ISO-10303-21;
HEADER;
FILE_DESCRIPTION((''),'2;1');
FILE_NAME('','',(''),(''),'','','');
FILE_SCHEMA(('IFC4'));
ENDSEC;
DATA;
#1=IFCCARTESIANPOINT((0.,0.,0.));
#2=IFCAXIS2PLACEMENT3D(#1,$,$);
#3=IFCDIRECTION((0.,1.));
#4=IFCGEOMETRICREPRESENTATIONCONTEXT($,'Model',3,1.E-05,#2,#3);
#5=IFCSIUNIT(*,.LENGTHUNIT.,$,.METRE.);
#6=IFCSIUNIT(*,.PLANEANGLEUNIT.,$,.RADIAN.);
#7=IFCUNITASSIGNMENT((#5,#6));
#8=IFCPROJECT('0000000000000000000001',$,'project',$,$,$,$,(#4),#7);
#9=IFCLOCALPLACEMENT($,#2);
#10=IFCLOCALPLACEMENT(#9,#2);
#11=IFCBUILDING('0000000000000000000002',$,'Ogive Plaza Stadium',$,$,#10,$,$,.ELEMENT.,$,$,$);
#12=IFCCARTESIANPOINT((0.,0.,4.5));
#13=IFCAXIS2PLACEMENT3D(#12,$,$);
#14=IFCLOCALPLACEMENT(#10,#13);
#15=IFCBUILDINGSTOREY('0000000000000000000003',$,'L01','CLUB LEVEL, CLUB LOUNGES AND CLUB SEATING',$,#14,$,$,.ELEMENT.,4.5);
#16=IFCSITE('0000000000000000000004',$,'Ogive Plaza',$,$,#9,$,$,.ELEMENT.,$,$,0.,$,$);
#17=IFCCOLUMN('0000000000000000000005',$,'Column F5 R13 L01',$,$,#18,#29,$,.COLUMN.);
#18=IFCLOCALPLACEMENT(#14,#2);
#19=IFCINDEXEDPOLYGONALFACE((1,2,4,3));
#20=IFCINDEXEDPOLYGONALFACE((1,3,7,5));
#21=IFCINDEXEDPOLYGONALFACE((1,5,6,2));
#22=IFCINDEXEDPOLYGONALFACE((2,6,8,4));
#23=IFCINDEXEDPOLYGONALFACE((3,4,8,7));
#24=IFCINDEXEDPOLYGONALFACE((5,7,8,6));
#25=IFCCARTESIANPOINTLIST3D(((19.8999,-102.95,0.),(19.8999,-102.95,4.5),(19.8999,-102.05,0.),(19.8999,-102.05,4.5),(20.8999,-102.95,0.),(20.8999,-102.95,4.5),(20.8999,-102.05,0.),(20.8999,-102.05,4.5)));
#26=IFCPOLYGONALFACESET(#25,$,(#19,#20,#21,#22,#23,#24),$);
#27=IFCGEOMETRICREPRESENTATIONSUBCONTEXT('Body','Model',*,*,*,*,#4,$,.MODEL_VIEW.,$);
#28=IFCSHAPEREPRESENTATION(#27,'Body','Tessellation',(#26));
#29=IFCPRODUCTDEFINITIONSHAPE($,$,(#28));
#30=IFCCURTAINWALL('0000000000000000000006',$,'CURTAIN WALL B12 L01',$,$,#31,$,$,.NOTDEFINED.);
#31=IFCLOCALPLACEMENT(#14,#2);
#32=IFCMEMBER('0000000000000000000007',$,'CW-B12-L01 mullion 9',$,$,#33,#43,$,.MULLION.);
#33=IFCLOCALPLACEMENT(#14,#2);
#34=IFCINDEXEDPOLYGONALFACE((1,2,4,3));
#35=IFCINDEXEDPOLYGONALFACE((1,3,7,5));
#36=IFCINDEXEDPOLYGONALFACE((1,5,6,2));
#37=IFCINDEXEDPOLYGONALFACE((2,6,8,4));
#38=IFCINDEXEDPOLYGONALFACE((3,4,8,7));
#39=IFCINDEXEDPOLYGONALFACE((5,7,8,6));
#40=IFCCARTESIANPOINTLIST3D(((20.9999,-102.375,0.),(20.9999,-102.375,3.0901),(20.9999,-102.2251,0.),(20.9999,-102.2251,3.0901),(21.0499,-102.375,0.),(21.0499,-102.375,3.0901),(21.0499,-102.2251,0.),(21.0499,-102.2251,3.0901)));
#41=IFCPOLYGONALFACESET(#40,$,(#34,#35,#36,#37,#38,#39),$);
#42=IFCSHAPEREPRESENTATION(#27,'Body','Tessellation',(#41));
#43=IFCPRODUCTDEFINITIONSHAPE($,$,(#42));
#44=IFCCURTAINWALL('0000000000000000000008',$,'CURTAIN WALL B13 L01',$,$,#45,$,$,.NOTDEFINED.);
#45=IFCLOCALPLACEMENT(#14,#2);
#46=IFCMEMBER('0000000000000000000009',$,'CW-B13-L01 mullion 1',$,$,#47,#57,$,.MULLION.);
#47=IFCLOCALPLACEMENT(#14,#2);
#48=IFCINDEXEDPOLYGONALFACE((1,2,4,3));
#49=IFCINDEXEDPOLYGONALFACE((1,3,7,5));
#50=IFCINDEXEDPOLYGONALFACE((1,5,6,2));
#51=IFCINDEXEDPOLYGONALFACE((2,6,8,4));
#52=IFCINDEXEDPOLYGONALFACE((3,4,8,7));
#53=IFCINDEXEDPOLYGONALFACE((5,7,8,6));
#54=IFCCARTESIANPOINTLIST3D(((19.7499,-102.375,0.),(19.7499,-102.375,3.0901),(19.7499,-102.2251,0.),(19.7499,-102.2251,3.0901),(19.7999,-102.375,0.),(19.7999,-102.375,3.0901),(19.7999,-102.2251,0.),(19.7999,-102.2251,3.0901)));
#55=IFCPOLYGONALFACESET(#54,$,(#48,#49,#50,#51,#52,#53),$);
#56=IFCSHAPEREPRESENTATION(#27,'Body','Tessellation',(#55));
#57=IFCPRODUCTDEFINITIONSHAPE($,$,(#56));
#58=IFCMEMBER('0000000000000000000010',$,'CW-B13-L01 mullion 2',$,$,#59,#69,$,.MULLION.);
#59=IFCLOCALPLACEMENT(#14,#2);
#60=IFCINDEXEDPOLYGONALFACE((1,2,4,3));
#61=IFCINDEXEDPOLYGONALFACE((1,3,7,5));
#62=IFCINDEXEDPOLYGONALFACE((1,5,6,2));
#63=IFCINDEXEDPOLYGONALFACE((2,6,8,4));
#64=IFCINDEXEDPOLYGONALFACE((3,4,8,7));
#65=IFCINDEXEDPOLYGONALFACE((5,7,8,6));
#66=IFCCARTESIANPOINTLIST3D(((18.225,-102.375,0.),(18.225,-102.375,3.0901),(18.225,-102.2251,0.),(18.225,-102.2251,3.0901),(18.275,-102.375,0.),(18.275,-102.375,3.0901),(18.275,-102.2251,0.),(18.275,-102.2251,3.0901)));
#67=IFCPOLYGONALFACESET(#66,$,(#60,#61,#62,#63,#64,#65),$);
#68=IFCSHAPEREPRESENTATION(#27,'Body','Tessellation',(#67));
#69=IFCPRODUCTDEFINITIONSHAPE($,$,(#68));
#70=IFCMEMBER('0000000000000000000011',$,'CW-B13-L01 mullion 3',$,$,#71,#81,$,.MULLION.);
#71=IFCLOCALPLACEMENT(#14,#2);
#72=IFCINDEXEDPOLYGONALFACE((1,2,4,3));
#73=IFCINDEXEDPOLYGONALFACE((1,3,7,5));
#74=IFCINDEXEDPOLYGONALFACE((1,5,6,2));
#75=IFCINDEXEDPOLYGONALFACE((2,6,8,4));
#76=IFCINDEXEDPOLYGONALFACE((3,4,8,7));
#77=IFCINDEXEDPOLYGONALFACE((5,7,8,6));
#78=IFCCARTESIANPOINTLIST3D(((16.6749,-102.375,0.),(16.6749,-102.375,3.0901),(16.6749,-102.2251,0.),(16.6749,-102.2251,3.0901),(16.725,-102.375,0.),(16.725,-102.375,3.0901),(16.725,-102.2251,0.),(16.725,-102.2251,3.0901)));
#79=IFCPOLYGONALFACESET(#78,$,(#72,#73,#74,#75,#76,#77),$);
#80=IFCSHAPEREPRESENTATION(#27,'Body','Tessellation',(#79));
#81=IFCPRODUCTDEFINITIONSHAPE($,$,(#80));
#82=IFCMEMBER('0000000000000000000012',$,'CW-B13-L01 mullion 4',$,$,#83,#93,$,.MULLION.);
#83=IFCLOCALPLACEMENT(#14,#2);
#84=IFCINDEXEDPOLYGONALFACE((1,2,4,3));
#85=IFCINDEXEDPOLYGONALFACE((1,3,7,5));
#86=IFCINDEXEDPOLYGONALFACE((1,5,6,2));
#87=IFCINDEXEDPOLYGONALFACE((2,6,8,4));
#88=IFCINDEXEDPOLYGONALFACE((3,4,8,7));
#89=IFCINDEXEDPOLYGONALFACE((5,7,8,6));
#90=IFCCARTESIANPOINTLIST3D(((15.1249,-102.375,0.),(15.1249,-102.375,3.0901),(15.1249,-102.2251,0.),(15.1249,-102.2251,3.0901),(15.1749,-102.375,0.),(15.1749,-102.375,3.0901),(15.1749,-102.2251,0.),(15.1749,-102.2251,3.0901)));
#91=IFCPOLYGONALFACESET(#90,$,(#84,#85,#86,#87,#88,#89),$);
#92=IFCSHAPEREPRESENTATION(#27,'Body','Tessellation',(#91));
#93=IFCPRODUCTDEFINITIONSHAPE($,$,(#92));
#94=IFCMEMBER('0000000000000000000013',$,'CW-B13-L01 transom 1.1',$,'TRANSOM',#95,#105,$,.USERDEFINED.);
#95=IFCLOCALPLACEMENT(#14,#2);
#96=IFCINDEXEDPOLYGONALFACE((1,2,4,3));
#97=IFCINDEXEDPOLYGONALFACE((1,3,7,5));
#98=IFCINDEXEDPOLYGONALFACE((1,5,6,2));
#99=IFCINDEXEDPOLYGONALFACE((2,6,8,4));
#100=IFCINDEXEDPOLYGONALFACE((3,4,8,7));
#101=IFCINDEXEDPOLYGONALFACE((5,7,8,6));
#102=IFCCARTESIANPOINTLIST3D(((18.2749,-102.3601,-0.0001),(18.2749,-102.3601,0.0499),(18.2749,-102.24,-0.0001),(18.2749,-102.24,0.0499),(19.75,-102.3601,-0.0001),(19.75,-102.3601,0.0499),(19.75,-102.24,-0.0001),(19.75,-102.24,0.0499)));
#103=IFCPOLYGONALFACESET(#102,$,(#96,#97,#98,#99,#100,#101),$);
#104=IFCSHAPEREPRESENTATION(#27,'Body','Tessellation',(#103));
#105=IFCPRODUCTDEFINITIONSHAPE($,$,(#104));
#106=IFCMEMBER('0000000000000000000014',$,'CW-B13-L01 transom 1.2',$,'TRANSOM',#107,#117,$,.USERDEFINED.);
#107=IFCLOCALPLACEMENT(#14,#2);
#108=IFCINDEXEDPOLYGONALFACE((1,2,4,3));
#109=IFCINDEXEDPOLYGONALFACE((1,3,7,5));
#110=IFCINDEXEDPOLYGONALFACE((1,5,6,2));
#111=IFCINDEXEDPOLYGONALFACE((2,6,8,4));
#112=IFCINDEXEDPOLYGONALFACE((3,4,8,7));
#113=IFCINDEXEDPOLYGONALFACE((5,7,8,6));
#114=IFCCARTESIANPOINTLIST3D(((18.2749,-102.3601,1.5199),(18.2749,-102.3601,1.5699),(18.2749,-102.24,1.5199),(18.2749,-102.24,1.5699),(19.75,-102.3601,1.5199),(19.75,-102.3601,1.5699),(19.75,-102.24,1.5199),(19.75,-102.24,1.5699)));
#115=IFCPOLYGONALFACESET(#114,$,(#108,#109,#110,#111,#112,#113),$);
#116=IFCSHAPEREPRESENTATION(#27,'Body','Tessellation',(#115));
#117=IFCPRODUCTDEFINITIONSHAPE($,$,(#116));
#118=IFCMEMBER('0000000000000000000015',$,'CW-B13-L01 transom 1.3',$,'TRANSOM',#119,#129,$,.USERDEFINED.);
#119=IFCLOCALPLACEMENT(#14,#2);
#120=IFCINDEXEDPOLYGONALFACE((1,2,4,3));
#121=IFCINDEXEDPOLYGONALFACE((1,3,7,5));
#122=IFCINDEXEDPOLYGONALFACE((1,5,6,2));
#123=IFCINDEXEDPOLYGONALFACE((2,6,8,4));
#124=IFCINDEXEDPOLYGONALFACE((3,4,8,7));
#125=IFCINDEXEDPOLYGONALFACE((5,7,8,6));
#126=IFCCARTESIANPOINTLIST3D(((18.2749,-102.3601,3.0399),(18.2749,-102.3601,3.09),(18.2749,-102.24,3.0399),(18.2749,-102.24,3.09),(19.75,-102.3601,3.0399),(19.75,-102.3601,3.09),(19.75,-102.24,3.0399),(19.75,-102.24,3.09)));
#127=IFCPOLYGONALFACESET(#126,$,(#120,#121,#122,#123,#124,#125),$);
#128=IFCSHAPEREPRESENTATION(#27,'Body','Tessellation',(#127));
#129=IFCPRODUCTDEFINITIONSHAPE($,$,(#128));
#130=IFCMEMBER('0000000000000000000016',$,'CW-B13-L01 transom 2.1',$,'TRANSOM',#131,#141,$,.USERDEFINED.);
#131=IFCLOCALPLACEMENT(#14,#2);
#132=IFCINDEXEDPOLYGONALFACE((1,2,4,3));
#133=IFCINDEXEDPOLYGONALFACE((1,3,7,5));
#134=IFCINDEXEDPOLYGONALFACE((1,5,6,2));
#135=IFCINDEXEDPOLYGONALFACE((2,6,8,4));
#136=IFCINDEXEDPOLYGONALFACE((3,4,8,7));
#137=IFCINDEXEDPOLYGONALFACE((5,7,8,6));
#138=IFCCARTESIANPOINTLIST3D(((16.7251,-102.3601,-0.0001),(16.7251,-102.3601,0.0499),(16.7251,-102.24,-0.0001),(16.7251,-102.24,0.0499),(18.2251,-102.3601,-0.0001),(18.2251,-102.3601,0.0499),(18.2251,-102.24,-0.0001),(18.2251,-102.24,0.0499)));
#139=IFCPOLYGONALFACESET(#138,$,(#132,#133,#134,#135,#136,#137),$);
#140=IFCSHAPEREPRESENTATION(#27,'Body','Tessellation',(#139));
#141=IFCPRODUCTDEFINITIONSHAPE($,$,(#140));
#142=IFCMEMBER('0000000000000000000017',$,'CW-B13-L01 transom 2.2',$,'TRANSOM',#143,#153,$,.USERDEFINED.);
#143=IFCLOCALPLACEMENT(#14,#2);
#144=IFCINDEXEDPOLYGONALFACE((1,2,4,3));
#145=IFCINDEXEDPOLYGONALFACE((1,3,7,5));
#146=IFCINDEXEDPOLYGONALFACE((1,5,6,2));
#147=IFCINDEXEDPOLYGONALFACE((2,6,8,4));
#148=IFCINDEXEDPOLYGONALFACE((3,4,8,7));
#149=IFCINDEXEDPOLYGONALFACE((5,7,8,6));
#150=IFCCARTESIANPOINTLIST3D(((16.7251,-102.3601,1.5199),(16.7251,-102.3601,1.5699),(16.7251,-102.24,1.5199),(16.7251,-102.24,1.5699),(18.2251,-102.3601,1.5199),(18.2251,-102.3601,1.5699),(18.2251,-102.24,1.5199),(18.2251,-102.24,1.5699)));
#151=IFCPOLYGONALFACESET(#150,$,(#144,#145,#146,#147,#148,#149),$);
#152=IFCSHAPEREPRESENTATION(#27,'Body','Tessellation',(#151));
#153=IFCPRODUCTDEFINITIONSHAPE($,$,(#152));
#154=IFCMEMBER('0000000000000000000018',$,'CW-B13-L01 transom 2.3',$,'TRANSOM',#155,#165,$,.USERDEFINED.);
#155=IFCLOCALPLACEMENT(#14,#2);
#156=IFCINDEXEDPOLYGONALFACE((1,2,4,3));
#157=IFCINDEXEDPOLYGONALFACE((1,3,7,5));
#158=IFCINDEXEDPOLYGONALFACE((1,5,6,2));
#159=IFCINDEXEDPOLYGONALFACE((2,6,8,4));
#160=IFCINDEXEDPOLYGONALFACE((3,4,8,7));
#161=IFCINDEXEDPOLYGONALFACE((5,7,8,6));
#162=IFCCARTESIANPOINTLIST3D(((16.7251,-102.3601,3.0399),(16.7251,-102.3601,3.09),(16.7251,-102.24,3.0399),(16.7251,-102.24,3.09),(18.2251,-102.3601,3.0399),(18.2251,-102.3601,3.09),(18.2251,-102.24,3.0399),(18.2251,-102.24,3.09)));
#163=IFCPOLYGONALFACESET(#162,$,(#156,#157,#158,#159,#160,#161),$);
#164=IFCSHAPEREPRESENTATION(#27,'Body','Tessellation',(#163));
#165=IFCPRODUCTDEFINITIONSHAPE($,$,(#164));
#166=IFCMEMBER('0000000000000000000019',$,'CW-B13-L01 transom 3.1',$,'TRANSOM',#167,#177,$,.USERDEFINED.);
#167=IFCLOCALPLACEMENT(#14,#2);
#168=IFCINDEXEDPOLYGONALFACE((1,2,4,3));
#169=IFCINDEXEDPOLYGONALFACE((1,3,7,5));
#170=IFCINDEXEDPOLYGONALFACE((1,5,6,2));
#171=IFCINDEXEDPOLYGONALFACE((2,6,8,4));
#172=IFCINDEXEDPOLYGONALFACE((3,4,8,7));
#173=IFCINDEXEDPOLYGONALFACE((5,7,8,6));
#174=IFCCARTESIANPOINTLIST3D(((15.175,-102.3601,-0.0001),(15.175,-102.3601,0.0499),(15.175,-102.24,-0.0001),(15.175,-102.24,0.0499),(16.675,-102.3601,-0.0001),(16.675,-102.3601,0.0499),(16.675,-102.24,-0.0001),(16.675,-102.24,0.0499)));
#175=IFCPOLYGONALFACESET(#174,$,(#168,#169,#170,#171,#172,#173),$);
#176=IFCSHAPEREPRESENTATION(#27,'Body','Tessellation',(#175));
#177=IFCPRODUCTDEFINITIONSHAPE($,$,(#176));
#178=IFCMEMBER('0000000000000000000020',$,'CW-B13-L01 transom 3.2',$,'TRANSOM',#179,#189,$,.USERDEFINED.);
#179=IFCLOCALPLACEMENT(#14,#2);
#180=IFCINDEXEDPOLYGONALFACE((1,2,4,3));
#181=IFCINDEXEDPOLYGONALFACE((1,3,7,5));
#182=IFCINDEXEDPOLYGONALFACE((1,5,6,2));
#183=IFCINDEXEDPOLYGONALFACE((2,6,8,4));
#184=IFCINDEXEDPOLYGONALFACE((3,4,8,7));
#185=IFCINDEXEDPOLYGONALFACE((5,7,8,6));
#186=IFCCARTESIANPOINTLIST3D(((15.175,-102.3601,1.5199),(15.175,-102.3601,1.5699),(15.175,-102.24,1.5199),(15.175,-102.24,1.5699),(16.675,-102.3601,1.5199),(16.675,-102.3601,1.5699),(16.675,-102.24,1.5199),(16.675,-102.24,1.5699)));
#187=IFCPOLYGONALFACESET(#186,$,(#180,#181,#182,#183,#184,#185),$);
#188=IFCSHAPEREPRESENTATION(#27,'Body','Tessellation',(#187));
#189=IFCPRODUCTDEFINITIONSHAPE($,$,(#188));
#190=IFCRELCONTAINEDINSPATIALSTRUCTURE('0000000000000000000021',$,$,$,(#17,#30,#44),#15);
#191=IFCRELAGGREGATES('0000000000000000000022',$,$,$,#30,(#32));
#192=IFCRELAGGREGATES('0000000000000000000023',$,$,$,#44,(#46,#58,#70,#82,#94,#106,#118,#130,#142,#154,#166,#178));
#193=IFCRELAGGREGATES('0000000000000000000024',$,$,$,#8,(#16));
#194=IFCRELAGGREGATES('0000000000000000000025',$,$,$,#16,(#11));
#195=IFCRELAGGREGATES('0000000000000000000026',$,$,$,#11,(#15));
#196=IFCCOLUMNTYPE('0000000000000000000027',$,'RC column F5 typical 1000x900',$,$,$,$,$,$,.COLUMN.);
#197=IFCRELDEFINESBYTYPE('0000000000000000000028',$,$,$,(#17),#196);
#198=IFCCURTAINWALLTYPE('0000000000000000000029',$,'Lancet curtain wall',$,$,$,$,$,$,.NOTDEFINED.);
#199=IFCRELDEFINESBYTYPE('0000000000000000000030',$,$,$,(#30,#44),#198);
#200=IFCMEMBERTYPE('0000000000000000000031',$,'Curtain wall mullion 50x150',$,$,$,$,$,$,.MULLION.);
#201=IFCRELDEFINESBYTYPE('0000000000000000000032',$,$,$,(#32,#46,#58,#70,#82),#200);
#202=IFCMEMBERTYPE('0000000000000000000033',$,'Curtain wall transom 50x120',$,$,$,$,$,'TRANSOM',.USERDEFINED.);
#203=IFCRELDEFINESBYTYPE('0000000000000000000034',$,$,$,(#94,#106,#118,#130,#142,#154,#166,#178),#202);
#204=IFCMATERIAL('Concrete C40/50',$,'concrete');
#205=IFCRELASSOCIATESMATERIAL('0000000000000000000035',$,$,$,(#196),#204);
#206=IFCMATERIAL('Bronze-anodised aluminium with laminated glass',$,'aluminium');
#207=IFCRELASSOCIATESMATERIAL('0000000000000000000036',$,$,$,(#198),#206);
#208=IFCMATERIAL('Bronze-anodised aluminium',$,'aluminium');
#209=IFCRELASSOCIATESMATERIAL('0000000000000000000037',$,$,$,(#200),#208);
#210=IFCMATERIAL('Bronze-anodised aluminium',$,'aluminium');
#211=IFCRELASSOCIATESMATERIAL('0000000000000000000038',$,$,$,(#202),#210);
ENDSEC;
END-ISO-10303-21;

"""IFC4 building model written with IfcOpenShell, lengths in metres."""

from ifc_helpers import new_model, si_unit, direction, frame, origin, origin_2d, place, context, subcontext, project, spatial, rectangle, extrude, material, material_profile, profile_set, type_object, element, aggregate, save


model = new_model("IFC4")

# Units and contexts
model_context = context("Model", 3, precision=1e-05, world=origin(), true_north=direction((0.0, 1.0)))
body_context = subcontext(model_context, "Body", "Model", "MODEL_VIEW")
ifc_project = project(units=[si_unit("LENGTHUNIT", "METRE"), si_unit("PLANEANGLEUNIT", "RADIAN")], contexts=[model_context])

# Site, building, storey
site_placement = place(None, origin())
site = spatial("IfcSite", under=ifc_project, at=site_placement, Name="Ogive Plaza", CompositionType="ELEMENT", RefElevation=0.0)
building_placement = place(site_placement, origin())
building = spatial("IfcBuilding", under=site, at=building_placement, Name="Ogive Plaza Stadium", CompositionType="ELEMENT")
storey_placement = place(building_placement, frame((0.0, 0.0, 4.5)))
storey = spatial("IfcBuildingStorey", under=building, at=storey_placement, Name="L01", Description="CLUB LEVEL, CLUB LOUNGES AND CLUB SEATING", CompositionType="ELEMENT", Elevation=4.5)

# Column
ifc_material_1 = material(Name="Concrete C40/50", Category="concrete")
ifc_material_profile_1 = material_profile(ifc_material_1, rectangle(XDim=1.0, YDim=0.8999, at=origin_2d()), Name="RC 1000x900")
ifc_profile_set_1 = profile_set([ifc_material_profile_1], Name="Concrete C40/50")
column_type = type_object("IfcColumnType", Name="RC column F5 typical 1000x900", PredefinedType="COLUMN", material=ifc_profile_set_1)
column_placement = place(storey_placement, frame((20.3999, -102.5, 0.0), z_axis=(0.0, 0.0, 1.0), x_axis=(1.0, 0.0, 0.0)))
element("IfcColumn", 1, at=column_placement, inside=storey, type_object=column_type, Name="Column F5 R13 L01", PredefinedType="COLUMN", context=body_context, shape_type="SweptSolid", body=[
    extrude(rectangle(XDim=1.0, YDim=0.8999, at=origin_2d()), origin(), (0.0, 0.0, 1.0), 4.5),
])

# Curtain wall, member
ifc_material_2 = material(Name="Bronze-anodised aluminium with laminated glass", Category="aluminium")
curtain_wall_type = type_object("IfcCurtainWallType", Name="Lancet curtain wall", PredefinedType="NOTDEFINED", material=ifc_material_2)
curtain_wall_1_placement = place(storey_placement, origin())
curtain_wall_1 = element("IfcCurtainWall", 2, at=curtain_wall_1_placement, inside=storey, type_object=curtain_wall_type, Name="CURTAIN WALL B12 L01", PredefinedType="NOTDEFINED")
ifc_material_3 = material(Name="Bronze-anodised aluminium", Category="aluminium")
ifc_material_profile_2 = material_profile(ifc_material_3, rectangle(XDim=0.1499, YDim=0.05, at=origin_2d()), Name="AL 150x50")
ifc_profile_set_2 = profile_set([ifc_material_profile_2], Name="Bronze-anodised aluminium")
member_type_1 = type_object("IfcMemberType", Name="Curtain wall mullion 50x150", PredefinedType="MULLION", material=ifc_profile_set_2)
member_1_placement = place(storey_placement, frame((21.0249, -102.3, 0.0), z_axis=(0.0, 0.0, 1.0), x_axis=(0.0, -1.0, 0.0)))
member_1 = element("IfcMember", 3, at=member_1_placement, type_object=member_type_1, Name="CW-B12-L01 mullion 9", PredefinedType="MULLION", context=body_context, shape_type="SweptSolid", body=[
    extrude(rectangle(XDim=0.1499, YDim=0.05, at=origin_2d()), origin(), (0.0, 0.0, 1.0), 3.0901),
])

# Curtain wall, members
curtain_wall_2_placement = place(storey_placement, origin())
curtain_wall_2 = element("IfcCurtainWall", 4, at=curtain_wall_2_placement, inside=storey, type_object=curtain_wall_type, Name="CURTAIN WALL B13 L01", PredefinedType="NOTDEFINED")
member_2_placement = place(storey_placement, frame((19.7749, -102.3, 0.0), z_axis=(0.0, 0.0, 1.0), x_axis=(0.0, -1.0, 0.0)))
member_2 = element("IfcMember", 5, at=member_2_placement, type_object=member_type_1, Name="CW-B13-L01 mullion 1", PredefinedType="MULLION", context=body_context, shape_type="SweptSolid", body=[
    extrude(rectangle(XDim=0.1499, YDim=0.05, at=origin_2d()), origin(), (0.0, 0.0, 1.0), 3.0901),
])
member_3_placement = place(storey_placement, frame((18.25, -102.3, 0.0), z_axis=(0.0, 0.0, 1.0), x_axis=(0.0, -1.0, 0.0)))
member_3 = element("IfcMember", 6, at=member_3_placement, type_object=member_type_1, Name="CW-B13-L01 mullion 2", PredefinedType="MULLION", context=body_context, shape_type="SweptSolid", body=[
    extrude(rectangle(XDim=0.1499, YDim=0.05, at=origin_2d()), origin(), (0.0, 0.0, 1.0), 3.0901),
])
member_4_placement = place(storey_placement, frame((16.7, -102.3, 0.0), z_axis=(0.0, 0.0, 1.0), x_axis=(0.0, -1.0, 0.0)))
member_4 = element("IfcMember", 7, at=member_4_placement, type_object=member_type_1, Name="CW-B13-L01 mullion 3", PredefinedType="MULLION", context=body_context, shape_type="SweptSolid", body=[
    extrude(rectangle(XDim=0.1499, YDim=0.05, at=origin_2d()), origin(), (0.0, 0.0, 1.0), 3.0901),
])
member_5_placement = place(storey_placement, frame((15.1499, -102.3, 0.0), z_axis=(0.0, 0.0, 1.0), x_axis=(0.0, -1.0, 0.0)))
member_5 = element("IfcMember", 8, at=member_5_placement, type_object=member_type_1, Name="CW-B13-L01 mullion 4", PredefinedType="MULLION", context=body_context, shape_type="SweptSolid", body=[
    extrude(rectangle(XDim=0.1499, YDim=0.05, at=origin_2d()), origin(), (0.0, 0.0, 1.0), 3.0901),
])
ifc_material_4 = material(Name="Bronze-anodised aluminium", Category="aluminium")
ifc_material_profile_3 = material_profile(ifc_material_4, rectangle(XDim=0.1201, YDim=0.05, at=origin_2d()), Name="AL 120x50")
ifc_profile_set_3 = profile_set([ifc_material_profile_3], Name="Bronze-anodised aluminium")
member_type_2 = type_object("IfcMemberType", Name="Curtain wall transom 50x120", ElementType="TRANSOM", PredefinedType="USERDEFINED", material=ifc_profile_set_3)
member_6_placement = place(storey_placement, frame((19.75, -102.3, 0.0249), z_axis=(-1.0, 0.0, 0.0), x_axis=(0.0, -1.0, 0.0)))
member_6 = element("IfcMember", 9, at=member_6_placement, type_object=member_type_2, Name="CW-B13-L01 transom 1.1", ObjectType="TRANSOM", PredefinedType="USERDEFINED", context=body_context, shape_type="SweptSolid", body=[
    extrude(rectangle(XDim=0.1201, YDim=0.05, at=origin_2d()), origin(), (0.0, 0.0, 1.0), 1.4751),
])
member_7_placement = place(storey_placement, frame((19.75, -102.3, 1.5449), z_axis=(-1.0, 0.0, 0.0), x_axis=(0.0, -1.0, 0.0)))
member_7 = element("IfcMember", 10, at=member_7_placement, type_object=member_type_2, Name="CW-B13-L01 transom 1.2", ObjectType="TRANSOM", PredefinedType="USERDEFINED", context=body_context, shape_type="SweptSolid", body=[
    extrude(rectangle(XDim=0.1201, YDim=0.05, at=origin_2d()), origin(), (0.0, 0.0, 1.0), 1.4751),
])
member_8_placement = place(storey_placement, frame((19.75, -102.3, 3.0649), z_axis=(-1.0, 0.0, 0.0), x_axis=(0.0, -1.0, 0.0)))
member_8 = element("IfcMember", 11, at=member_8_placement, type_object=member_type_2, Name="CW-B13-L01 transom 1.3", ObjectType="TRANSOM", PredefinedType="USERDEFINED", context=body_context, shape_type="SweptSolid", body=[
    extrude(rectangle(XDim=0.1201, YDim=0.05, at=origin_2d()), origin(), (0.0, 0.0, 1.0), 1.4751),
])
member_9_placement = place(storey_placement, frame((18.2251, -102.3, 0.0249), z_axis=(-1.0, 0.0, 0.0), x_axis=(0.0, -1.0, 0.0)))
member_9 = element("IfcMember", 12, at=member_9_placement, type_object=member_type_2, Name="CW-B13-L01 transom 2.1", ObjectType="TRANSOM", PredefinedType="USERDEFINED", context=body_context, shape_type="SweptSolid", body=[
    extrude(rectangle(XDim=0.1201, YDim=0.05, at=origin_2d()), origin(), (0.0, 0.0, 1.0), 1.5),
])
member_10_placement = place(storey_placement, frame((18.2251, -102.3, 1.5449), z_axis=(-1.0, 0.0, 0.0), x_axis=(0.0, -1.0, 0.0)))
member_10 = element("IfcMember", 13, at=member_10_placement, type_object=member_type_2, Name="CW-B13-L01 transom 2.2", ObjectType="TRANSOM", PredefinedType="USERDEFINED", context=body_context, shape_type="SweptSolid", body=[
    extrude(rectangle(XDim=0.1201, YDim=0.05, at=origin_2d()), origin(), (0.0, 0.0, 1.0), 1.5),
])
member_11_placement = place(storey_placement, frame((18.2251, -102.3, 3.0649), z_axis=(-1.0, 0.0, 0.0), x_axis=(0.0, -1.0, 0.0)))
member_11 = element("IfcMember", 14, at=member_11_placement, type_object=member_type_2, Name="CW-B13-L01 transom 2.3", ObjectType="TRANSOM", PredefinedType="USERDEFINED", context=body_context, shape_type="SweptSolid", body=[
    extrude(rectangle(XDim=0.1201, YDim=0.05, at=origin_2d()), origin(), (0.0, 0.0, 1.0), 1.5),
])
member_12_placement = place(storey_placement, frame((16.675, -102.3, 0.0249), z_axis=(-1.0, 0.0, 0.0), x_axis=(0.0, -1.0, 0.0)))
member_12 = element("IfcMember", 15, at=member_12_placement, type_object=member_type_2, Name="CW-B13-L01 transom 3.1", ObjectType="TRANSOM", PredefinedType="USERDEFINED", context=body_context, shape_type="SweptSolid", body=[
    extrude(rectangle(XDim=0.1201, YDim=0.05, at=origin_2d()), origin(), (0.0, 0.0, 1.0), 1.5),
])
member_13_placement = place(storey_placement, frame((16.675, -102.3, 1.5449), z_axis=(-1.0, 0.0, 0.0), x_axis=(0.0, -1.0, 0.0)))
member_13 = element("IfcMember", 16, at=member_13_placement, type_object=member_type_2, Name="CW-B13-L01 transom 3.2", ObjectType="TRANSOM", PredefinedType="USERDEFINED", context=body_context, shape_type="SweptSolid", body=[
    extrude(rectangle(XDim=0.1201, YDim=0.05, at=origin_2d()), origin(), (0.0, 0.0, 1.0), 1.5),
])

aggregate(curtain_wall_1, [member_1])
aggregate(curtain_wall_2, [member_2, member_3, member_4, member_5, member_6, member_7, member_8, member_9, member_10, member_11, member_12, member_13])

save(model, "model.ifc")
